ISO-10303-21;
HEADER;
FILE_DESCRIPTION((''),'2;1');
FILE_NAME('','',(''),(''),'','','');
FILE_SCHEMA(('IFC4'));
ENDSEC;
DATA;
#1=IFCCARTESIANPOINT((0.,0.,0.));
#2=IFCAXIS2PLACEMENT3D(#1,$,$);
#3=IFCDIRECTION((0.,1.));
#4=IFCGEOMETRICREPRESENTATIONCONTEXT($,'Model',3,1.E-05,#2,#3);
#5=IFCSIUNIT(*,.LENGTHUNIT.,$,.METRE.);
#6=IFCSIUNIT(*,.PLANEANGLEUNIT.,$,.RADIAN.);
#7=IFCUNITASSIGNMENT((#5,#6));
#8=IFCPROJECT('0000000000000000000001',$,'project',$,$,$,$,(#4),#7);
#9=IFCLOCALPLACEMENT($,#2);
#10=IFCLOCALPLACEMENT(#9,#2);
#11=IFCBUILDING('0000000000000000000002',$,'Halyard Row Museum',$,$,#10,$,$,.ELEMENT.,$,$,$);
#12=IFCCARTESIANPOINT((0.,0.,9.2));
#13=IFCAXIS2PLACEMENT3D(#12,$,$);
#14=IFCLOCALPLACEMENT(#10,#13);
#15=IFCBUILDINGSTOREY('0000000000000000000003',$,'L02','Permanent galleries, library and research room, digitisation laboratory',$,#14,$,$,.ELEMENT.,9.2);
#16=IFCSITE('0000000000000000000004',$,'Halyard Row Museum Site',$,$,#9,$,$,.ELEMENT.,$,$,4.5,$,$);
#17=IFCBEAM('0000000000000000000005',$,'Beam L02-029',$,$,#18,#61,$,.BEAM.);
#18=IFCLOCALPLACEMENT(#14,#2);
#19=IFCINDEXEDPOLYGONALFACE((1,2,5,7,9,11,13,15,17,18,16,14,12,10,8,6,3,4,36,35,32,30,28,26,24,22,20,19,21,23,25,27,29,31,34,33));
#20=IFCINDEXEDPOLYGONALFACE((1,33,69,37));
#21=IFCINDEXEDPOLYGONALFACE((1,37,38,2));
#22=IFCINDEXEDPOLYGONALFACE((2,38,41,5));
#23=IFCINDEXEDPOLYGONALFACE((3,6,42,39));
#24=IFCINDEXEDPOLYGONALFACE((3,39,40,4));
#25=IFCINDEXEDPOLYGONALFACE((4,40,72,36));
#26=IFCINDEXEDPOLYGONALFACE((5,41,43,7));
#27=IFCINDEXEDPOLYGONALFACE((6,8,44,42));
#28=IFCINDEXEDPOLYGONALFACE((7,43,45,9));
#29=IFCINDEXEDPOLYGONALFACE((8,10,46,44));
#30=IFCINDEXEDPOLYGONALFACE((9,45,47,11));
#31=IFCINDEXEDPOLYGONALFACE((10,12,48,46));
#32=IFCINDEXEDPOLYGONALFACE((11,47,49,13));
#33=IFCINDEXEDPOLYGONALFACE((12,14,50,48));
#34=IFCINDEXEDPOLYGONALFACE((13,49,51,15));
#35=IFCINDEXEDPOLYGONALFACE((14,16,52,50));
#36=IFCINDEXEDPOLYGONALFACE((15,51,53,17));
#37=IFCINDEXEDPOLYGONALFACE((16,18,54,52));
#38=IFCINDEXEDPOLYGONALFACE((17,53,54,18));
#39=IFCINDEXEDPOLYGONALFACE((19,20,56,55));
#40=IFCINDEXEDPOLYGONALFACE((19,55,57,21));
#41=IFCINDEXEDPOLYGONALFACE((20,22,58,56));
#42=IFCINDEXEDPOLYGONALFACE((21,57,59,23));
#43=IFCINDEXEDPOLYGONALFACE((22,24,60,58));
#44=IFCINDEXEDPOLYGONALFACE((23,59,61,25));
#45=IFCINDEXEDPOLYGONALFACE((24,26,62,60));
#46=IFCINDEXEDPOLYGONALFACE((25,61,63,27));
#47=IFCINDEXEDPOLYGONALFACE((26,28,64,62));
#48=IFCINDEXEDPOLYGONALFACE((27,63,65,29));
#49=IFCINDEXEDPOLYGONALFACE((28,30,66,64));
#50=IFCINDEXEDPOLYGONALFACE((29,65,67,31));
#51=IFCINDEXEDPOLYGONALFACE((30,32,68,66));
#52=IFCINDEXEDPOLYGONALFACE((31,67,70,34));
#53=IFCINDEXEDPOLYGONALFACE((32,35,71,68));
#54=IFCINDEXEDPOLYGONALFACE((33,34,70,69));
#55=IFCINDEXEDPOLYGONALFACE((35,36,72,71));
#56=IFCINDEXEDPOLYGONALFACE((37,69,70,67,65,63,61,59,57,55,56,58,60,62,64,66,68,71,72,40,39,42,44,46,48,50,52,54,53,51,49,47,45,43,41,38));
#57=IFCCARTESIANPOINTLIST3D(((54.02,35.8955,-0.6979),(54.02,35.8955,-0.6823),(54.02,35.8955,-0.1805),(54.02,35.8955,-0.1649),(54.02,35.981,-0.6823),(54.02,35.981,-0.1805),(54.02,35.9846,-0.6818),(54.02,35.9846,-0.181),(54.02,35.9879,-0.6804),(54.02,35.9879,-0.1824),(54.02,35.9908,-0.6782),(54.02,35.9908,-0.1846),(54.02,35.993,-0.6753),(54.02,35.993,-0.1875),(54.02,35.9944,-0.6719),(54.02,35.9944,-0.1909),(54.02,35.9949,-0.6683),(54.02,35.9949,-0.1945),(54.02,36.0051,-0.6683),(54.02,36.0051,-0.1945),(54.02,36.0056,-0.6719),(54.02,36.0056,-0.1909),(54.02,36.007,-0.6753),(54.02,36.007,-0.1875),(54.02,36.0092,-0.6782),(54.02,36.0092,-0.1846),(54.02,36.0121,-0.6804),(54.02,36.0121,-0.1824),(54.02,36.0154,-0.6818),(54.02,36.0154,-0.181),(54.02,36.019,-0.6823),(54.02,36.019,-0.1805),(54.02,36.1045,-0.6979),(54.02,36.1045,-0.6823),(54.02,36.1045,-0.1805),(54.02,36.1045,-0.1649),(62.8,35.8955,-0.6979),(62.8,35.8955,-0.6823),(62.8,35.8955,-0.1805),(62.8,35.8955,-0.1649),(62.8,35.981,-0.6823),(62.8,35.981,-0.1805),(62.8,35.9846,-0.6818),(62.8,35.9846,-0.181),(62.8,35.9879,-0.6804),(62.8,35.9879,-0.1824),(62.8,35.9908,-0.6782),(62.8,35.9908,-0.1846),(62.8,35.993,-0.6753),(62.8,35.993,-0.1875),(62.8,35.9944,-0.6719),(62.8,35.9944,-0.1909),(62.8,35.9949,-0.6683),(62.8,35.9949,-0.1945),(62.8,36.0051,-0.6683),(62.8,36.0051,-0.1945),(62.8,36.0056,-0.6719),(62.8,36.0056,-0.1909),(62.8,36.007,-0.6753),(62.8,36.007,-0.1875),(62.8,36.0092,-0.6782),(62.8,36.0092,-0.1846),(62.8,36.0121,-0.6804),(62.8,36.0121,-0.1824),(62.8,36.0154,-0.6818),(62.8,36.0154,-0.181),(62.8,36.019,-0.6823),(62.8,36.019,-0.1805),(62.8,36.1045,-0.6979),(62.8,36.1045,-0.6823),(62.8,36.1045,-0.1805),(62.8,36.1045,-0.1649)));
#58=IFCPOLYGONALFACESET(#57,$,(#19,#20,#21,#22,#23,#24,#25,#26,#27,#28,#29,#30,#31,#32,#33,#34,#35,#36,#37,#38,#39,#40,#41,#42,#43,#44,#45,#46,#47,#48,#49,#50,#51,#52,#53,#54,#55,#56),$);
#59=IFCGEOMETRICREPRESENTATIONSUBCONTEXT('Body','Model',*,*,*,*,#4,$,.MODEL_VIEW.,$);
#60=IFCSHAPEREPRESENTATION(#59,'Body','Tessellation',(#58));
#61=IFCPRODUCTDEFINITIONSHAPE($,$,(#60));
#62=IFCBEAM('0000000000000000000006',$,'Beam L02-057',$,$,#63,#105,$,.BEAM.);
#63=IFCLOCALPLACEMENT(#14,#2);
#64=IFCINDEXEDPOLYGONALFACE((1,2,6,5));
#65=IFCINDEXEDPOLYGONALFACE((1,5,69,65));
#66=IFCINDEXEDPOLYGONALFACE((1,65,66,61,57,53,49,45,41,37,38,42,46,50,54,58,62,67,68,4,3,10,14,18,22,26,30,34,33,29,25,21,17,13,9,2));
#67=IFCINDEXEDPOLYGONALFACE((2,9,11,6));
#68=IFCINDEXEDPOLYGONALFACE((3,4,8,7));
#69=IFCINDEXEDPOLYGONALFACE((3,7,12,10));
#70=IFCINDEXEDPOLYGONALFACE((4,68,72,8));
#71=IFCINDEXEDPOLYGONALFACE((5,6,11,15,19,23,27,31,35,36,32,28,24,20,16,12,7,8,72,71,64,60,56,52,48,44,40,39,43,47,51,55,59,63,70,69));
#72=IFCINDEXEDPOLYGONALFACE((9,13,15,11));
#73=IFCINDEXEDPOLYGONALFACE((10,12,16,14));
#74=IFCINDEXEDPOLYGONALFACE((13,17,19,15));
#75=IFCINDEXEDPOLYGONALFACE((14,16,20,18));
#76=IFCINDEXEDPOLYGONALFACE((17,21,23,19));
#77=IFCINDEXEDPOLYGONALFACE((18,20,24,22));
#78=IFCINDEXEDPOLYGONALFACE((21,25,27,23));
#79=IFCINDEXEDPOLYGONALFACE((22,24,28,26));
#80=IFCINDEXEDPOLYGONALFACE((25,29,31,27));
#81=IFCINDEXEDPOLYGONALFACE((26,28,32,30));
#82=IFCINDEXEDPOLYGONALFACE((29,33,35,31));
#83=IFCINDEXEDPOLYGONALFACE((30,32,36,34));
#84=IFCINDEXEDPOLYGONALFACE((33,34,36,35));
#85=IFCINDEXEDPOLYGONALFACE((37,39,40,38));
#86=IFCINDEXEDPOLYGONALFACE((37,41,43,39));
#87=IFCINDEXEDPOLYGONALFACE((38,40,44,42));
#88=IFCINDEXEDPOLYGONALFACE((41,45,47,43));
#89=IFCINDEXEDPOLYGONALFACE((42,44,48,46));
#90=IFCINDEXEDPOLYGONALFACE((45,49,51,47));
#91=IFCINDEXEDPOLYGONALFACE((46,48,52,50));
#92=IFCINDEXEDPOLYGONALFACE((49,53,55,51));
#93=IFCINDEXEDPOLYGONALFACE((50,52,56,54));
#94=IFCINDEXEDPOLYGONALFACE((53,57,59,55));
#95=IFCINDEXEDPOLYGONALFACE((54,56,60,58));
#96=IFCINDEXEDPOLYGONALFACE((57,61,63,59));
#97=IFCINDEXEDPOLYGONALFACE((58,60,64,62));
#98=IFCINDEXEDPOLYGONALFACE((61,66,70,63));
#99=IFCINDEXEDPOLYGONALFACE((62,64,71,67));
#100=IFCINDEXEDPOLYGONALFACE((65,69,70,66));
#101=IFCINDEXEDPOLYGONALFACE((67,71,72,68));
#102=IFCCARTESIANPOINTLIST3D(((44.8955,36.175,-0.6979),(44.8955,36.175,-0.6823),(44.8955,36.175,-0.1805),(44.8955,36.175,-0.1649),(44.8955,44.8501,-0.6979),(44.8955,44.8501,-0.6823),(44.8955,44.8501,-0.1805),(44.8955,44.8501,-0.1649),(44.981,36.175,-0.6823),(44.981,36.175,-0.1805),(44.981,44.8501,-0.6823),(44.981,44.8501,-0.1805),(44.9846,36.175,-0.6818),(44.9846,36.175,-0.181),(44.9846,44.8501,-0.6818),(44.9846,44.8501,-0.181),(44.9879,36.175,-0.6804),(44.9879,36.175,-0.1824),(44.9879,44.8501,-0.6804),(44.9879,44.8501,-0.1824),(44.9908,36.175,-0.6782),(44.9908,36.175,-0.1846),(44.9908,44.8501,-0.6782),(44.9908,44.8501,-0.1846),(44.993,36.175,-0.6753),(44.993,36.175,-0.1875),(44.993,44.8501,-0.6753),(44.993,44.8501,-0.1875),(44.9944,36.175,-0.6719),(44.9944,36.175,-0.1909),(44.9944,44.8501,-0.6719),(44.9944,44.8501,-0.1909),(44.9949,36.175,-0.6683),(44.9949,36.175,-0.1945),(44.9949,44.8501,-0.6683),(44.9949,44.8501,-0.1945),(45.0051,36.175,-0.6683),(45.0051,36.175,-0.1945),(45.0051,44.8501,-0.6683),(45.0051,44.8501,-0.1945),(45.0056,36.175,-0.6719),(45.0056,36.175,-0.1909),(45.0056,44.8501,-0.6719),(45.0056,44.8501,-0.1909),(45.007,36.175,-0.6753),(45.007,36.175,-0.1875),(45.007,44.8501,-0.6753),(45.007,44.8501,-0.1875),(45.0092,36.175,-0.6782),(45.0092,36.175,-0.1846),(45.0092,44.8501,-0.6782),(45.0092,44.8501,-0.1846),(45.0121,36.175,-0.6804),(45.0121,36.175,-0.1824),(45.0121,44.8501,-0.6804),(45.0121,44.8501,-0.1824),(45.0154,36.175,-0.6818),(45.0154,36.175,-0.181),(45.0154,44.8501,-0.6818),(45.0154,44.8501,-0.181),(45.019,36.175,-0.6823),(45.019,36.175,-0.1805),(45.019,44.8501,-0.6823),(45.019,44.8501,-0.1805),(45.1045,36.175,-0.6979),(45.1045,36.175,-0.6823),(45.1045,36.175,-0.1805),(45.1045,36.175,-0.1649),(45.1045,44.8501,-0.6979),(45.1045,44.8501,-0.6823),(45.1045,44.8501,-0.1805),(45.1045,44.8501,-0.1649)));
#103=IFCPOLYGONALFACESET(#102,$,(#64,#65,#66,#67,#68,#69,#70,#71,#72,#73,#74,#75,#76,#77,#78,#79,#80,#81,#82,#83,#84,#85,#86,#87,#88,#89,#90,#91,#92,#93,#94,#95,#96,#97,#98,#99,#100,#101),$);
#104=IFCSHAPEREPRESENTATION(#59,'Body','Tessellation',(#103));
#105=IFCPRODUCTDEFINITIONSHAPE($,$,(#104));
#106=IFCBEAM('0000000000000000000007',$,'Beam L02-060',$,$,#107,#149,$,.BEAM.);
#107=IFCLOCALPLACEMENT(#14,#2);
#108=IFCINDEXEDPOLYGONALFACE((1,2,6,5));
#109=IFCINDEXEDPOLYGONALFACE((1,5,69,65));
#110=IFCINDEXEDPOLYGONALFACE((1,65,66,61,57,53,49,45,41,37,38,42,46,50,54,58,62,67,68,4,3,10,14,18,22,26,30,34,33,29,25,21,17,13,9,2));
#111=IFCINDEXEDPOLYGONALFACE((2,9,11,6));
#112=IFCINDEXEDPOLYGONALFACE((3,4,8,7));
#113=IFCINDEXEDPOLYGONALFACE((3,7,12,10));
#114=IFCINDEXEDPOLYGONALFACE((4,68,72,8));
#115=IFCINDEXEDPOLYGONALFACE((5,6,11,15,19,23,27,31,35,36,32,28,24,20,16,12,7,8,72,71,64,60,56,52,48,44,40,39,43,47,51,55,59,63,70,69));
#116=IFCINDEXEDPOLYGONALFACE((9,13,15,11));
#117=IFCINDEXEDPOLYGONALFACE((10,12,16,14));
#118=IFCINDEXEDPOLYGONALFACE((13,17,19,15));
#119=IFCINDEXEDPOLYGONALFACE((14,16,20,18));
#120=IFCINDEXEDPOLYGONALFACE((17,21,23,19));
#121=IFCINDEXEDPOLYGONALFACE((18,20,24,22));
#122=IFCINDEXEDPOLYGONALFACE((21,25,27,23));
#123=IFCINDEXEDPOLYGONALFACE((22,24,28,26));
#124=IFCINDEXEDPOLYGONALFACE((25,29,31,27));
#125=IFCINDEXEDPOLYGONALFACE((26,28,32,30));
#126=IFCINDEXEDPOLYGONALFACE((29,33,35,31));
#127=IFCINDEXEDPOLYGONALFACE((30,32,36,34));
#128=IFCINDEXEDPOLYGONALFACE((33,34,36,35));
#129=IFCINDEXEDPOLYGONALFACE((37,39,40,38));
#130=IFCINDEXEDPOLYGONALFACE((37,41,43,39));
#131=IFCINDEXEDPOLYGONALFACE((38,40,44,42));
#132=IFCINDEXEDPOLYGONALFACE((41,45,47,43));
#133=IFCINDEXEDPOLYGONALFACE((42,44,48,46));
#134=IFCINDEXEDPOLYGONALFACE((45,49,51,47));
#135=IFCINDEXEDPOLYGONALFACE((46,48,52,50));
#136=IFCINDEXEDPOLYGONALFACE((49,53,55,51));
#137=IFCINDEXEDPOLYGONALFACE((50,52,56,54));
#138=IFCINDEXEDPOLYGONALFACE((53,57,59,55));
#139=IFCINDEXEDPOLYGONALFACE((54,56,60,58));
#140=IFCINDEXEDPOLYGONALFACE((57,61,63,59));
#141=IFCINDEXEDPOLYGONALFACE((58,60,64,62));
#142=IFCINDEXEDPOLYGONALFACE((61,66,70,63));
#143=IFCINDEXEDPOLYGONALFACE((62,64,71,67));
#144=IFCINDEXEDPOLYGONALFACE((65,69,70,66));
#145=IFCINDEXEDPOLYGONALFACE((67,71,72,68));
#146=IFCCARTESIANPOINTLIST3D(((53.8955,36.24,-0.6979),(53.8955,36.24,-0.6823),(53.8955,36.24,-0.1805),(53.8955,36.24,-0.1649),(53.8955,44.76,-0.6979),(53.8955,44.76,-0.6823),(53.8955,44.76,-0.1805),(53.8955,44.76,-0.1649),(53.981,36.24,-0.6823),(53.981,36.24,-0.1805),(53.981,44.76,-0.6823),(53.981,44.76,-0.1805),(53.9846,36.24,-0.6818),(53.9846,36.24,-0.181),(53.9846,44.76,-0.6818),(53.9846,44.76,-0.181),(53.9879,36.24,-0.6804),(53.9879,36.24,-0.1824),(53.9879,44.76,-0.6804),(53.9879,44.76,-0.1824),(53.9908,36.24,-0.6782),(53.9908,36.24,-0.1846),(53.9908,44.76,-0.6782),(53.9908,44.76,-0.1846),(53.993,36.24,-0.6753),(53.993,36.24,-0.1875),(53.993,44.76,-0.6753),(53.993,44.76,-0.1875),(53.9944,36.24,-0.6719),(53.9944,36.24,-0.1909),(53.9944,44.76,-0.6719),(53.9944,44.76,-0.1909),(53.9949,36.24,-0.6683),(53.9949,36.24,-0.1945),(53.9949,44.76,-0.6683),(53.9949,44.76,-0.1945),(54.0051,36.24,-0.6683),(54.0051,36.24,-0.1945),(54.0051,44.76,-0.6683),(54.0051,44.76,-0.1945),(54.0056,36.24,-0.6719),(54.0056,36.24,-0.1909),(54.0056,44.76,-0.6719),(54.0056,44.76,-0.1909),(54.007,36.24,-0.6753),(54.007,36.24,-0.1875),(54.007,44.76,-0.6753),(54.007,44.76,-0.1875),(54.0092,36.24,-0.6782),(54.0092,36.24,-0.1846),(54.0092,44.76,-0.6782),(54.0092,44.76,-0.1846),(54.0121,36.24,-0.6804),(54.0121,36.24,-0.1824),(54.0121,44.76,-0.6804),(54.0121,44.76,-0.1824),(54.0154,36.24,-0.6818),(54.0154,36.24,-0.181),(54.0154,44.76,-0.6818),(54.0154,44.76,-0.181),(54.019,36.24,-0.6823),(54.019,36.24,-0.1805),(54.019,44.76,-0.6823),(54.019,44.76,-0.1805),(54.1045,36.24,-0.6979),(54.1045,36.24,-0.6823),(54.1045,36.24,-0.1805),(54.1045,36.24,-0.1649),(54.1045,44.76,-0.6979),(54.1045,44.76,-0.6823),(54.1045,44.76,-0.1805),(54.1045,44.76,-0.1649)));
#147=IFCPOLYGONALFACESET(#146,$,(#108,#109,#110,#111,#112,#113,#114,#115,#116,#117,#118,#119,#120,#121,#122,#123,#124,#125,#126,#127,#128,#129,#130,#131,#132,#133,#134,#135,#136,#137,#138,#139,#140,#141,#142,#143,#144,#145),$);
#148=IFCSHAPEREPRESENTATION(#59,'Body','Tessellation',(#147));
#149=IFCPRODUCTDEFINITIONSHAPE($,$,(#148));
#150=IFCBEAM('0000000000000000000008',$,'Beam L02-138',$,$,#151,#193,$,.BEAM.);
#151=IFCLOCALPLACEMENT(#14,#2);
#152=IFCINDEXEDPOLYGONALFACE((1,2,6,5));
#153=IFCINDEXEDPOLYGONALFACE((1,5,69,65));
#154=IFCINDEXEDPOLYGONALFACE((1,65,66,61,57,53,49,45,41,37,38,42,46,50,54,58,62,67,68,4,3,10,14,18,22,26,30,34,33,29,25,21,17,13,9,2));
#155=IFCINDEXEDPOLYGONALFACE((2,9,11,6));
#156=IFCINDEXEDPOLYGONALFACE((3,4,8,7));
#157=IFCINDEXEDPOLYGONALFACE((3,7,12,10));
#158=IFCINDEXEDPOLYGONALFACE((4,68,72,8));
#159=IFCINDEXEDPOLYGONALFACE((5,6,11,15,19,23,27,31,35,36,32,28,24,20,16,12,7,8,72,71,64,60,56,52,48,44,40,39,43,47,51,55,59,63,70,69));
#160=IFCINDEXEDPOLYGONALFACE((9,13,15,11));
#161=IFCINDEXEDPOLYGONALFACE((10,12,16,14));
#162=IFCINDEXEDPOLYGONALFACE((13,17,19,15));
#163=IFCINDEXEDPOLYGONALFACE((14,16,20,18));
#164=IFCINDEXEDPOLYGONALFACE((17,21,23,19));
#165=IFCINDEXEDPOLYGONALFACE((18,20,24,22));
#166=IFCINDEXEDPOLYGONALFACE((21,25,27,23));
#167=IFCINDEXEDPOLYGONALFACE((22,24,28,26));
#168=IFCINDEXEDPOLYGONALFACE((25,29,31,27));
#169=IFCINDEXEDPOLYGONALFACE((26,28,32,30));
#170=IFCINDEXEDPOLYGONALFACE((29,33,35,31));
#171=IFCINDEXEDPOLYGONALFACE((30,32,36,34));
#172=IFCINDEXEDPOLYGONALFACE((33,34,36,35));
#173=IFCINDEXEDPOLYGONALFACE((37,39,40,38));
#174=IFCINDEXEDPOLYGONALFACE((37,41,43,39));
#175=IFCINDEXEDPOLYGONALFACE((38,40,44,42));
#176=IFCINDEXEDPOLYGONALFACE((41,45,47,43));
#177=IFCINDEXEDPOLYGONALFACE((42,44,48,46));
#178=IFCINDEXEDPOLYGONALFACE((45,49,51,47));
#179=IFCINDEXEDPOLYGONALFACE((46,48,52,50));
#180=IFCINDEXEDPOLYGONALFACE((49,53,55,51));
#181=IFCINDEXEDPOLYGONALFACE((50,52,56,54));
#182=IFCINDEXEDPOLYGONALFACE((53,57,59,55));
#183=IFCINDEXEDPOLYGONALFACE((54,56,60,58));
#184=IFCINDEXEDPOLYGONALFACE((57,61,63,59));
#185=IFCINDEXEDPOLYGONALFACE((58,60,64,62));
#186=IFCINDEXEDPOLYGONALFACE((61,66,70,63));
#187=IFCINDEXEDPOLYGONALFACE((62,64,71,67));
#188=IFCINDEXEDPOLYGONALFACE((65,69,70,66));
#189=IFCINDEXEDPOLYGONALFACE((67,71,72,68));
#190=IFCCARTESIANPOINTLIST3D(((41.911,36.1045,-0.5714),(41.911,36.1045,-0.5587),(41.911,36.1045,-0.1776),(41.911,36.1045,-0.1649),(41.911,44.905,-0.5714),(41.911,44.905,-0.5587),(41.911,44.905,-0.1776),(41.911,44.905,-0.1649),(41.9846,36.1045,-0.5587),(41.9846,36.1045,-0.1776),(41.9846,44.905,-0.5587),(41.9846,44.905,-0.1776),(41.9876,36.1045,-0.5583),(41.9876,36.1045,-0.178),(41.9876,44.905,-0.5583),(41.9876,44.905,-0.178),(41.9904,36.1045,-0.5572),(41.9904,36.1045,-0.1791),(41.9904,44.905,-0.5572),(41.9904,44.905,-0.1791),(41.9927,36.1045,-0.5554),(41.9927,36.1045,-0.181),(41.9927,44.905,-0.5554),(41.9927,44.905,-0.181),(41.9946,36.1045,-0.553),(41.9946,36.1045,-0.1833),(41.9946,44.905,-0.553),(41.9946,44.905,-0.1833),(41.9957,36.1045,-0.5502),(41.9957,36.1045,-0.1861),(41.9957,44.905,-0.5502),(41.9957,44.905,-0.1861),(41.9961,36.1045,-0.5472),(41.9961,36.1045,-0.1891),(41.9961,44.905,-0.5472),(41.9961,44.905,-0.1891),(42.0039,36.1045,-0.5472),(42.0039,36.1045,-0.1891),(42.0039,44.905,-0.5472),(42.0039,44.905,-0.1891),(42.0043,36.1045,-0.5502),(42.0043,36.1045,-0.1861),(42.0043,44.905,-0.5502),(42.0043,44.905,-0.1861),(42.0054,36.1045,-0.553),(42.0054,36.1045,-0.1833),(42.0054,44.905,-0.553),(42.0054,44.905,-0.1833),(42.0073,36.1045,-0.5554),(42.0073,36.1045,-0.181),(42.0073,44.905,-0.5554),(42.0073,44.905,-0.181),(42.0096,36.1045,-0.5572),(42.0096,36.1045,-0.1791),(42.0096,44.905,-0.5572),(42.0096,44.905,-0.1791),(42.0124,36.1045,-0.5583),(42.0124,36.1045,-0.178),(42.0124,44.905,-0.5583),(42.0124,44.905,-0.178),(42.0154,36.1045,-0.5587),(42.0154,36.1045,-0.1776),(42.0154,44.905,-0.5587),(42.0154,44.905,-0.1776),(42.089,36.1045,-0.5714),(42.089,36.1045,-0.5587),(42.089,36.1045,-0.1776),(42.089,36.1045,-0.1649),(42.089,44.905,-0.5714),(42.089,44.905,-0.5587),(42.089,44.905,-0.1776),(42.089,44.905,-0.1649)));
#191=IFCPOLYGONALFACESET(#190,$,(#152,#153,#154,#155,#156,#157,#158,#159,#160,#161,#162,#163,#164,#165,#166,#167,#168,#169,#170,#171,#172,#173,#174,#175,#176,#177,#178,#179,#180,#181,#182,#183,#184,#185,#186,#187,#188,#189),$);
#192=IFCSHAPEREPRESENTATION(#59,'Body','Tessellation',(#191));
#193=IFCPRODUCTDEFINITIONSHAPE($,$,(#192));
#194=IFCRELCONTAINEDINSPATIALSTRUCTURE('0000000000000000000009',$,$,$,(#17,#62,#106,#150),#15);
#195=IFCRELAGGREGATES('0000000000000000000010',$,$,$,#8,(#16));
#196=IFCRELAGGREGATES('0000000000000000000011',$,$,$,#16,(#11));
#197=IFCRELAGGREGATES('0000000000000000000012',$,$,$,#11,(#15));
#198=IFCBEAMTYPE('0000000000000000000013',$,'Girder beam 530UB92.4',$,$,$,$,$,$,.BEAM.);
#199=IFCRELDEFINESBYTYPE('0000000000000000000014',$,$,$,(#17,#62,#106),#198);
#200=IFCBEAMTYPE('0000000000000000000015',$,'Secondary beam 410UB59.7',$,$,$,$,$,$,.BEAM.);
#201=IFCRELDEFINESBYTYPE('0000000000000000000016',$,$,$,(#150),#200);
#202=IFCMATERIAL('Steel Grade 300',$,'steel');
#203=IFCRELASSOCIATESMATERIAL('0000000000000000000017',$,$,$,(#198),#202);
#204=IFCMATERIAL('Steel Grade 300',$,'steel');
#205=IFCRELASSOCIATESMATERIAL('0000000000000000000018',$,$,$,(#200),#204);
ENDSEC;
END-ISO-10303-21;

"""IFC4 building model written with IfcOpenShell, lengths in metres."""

from ifc_helpers import new_model, si_unit, direction, frame, origin, origin_2d, place, context, subcontext, project, spatial, i_section, extrude, material, material_profile, profile_set, type_object, element, save


model = new_model("IFC4")

# Units and contexts
model_context = context("Model", 3, precision=1e-05, world=origin(), true_north=direction((0.0, 1.0)))
body_context = subcontext(model_context, "Body", "Model", "MODEL_VIEW")
ifc_project = project(units=[si_unit("LENGTHUNIT", "METRE"), si_unit("PLANEANGLEUNIT", "RADIAN")], contexts=[model_context])

# Site, building, storey
site_placement = place(None, origin())
site = spatial("IfcSite", under=ifc_project, at=site_placement, Name="Halyard Row Museum Site", CompositionType="ELEMENT", RefElevation=4.5)
building_placement = place(site_placement, origin())
building = spatial("IfcBuilding", under=site, at=building_placement, Name="Halyard Row Museum", CompositionType="ELEMENT")
storey_placement = place(building_placement, frame((0.0, 0.0, 9.2)))
storey = spatial("IfcBuildingStorey", under=building, at=storey_placement, Name="L02", Description="Permanent galleries, library and research room, digitisation laboratory", CompositionType="ELEMENT", Elevation=9.2)

# Beams
ifc_material_1 = material(Name="Steel Grade 300", Category="steel")
ifc_material_profile_1 = material_profile(ifc_material_1, i_section(OverallWidth=0.209, OverallDepth=0.533, WebThickness=0.0103, FlangeThickness=0.0156, FilletRadius=0.0139, at=origin_2d()), Name="530UB92.4")
ifc_profile_set_1 = profile_set([ifc_material_profile_1], Name="Steel Grade 300")
beam_type_1 = type_object("IfcBeamType", Name="Girder beam 530UB92.4", PredefinedType="BEAM", material=ifc_profile_set_1)
beam_1_placement = place(storey_placement, frame((54.02, 36.0, -0.4314), z_axis=(1.0, 0.0, 0.0), x_axis=(0.0, 1.0, 0.0)))
element("IfcBeam", 1, at=beam_1_placement, inside=storey, type_object=beam_type_1, Name="Beam L02-029", PredefinedType="BEAM", context=body_context, shape_type="SweptSolid", body=[
    extrude(i_section(OverallWidth=0.209, OverallDepth=0.533, WebThickness=0.0103, FlangeThickness=0.0156, FilletRadius=0.0139, at=origin_2d()), origin(), (0.0, 0.0, 1.0), 8.78),
])
beam_2_placement = place(storey_placement, frame((45.0, 36.175, -0.4314), z_axis=(0.0, 1.0, 0.0), x_axis=(-1.0, 0.0, 0.0)))
element("IfcBeam", 2, at=beam_2_placement, inside=storey, type_object=beam_type_1, Name="Beam L02-057", PredefinedType="BEAM", context=body_context, shape_type="SweptSolid", body=[
    extrude(i_section(OverallWidth=0.209, OverallDepth=0.533, WebThickness=0.0103, FlangeThickness=0.0156, FilletRadius=0.0139, at=origin_2d()), origin(), (0.0, 0.0, 1.0), 8.675),
])
beam_3_placement = place(storey_placement, frame((54.0, 36.24, -0.4314), z_axis=(0.0, 1.0, 0.0), x_axis=(-1.0, 0.0, 0.0)))
element("IfcBeam", 3, at=beam_3_placement, inside=storey, type_object=beam_type_1, Name="Beam L02-060", PredefinedType="BEAM", context=body_context, shape_type="SweptSolid", body=[
    extrude(i_section(OverallWidth=0.209, OverallDepth=0.533, WebThickness=0.0103, FlangeThickness=0.0156, FilletRadius=0.0139, at=origin_2d()), origin(), (0.0, 0.0, 1.0), 8.52),
])
ifc_material_2 = material(Name="Steel Grade 300", Category="steel")
ifc_material_profile_2 = material_profile(ifc_material_2, i_section(OverallWidth=0.178, OverallDepth=0.4065, WebThickness=0.0078, FlangeThickness=0.0127, FilletRadius=0.0115, at=origin_2d()), Name="410UB59.7")
ifc_profile_set_2 = profile_set([ifc_material_profile_2], Name="Steel Grade 300")
beam_type_2 = type_object("IfcBeamType", Name="Secondary beam 410UB59.7", PredefinedType="BEAM", material=ifc_profile_set_2)
for number, where, z_axis, x_axis, name in (
    (4, (42.0, 36.1045, -0.3682), (0.0, 1.0, 0.0), (-1.0, 0.0, 0.0), "Beam L02-138"),
):
    element("IfcBeam", number, at=place(storey_placement, frame(where, z_axis=z_axis, x_axis=x_axis)), inside=storey, type_object=beam_type_2, Name=name, PredefinedType="BEAM", context=body_context, shape_type="SweptSolid", body=[
        extrude(i_section(OverallWidth=0.178, OverallDepth=0.4065, WebThickness=0.0078, FlangeThickness=0.0127, FilletRadius=0.0115, at=origin_2d()), origin(), (0.0, 0.0, 1.0), 8.8005),
    ])

save(model, "model.ifc")
